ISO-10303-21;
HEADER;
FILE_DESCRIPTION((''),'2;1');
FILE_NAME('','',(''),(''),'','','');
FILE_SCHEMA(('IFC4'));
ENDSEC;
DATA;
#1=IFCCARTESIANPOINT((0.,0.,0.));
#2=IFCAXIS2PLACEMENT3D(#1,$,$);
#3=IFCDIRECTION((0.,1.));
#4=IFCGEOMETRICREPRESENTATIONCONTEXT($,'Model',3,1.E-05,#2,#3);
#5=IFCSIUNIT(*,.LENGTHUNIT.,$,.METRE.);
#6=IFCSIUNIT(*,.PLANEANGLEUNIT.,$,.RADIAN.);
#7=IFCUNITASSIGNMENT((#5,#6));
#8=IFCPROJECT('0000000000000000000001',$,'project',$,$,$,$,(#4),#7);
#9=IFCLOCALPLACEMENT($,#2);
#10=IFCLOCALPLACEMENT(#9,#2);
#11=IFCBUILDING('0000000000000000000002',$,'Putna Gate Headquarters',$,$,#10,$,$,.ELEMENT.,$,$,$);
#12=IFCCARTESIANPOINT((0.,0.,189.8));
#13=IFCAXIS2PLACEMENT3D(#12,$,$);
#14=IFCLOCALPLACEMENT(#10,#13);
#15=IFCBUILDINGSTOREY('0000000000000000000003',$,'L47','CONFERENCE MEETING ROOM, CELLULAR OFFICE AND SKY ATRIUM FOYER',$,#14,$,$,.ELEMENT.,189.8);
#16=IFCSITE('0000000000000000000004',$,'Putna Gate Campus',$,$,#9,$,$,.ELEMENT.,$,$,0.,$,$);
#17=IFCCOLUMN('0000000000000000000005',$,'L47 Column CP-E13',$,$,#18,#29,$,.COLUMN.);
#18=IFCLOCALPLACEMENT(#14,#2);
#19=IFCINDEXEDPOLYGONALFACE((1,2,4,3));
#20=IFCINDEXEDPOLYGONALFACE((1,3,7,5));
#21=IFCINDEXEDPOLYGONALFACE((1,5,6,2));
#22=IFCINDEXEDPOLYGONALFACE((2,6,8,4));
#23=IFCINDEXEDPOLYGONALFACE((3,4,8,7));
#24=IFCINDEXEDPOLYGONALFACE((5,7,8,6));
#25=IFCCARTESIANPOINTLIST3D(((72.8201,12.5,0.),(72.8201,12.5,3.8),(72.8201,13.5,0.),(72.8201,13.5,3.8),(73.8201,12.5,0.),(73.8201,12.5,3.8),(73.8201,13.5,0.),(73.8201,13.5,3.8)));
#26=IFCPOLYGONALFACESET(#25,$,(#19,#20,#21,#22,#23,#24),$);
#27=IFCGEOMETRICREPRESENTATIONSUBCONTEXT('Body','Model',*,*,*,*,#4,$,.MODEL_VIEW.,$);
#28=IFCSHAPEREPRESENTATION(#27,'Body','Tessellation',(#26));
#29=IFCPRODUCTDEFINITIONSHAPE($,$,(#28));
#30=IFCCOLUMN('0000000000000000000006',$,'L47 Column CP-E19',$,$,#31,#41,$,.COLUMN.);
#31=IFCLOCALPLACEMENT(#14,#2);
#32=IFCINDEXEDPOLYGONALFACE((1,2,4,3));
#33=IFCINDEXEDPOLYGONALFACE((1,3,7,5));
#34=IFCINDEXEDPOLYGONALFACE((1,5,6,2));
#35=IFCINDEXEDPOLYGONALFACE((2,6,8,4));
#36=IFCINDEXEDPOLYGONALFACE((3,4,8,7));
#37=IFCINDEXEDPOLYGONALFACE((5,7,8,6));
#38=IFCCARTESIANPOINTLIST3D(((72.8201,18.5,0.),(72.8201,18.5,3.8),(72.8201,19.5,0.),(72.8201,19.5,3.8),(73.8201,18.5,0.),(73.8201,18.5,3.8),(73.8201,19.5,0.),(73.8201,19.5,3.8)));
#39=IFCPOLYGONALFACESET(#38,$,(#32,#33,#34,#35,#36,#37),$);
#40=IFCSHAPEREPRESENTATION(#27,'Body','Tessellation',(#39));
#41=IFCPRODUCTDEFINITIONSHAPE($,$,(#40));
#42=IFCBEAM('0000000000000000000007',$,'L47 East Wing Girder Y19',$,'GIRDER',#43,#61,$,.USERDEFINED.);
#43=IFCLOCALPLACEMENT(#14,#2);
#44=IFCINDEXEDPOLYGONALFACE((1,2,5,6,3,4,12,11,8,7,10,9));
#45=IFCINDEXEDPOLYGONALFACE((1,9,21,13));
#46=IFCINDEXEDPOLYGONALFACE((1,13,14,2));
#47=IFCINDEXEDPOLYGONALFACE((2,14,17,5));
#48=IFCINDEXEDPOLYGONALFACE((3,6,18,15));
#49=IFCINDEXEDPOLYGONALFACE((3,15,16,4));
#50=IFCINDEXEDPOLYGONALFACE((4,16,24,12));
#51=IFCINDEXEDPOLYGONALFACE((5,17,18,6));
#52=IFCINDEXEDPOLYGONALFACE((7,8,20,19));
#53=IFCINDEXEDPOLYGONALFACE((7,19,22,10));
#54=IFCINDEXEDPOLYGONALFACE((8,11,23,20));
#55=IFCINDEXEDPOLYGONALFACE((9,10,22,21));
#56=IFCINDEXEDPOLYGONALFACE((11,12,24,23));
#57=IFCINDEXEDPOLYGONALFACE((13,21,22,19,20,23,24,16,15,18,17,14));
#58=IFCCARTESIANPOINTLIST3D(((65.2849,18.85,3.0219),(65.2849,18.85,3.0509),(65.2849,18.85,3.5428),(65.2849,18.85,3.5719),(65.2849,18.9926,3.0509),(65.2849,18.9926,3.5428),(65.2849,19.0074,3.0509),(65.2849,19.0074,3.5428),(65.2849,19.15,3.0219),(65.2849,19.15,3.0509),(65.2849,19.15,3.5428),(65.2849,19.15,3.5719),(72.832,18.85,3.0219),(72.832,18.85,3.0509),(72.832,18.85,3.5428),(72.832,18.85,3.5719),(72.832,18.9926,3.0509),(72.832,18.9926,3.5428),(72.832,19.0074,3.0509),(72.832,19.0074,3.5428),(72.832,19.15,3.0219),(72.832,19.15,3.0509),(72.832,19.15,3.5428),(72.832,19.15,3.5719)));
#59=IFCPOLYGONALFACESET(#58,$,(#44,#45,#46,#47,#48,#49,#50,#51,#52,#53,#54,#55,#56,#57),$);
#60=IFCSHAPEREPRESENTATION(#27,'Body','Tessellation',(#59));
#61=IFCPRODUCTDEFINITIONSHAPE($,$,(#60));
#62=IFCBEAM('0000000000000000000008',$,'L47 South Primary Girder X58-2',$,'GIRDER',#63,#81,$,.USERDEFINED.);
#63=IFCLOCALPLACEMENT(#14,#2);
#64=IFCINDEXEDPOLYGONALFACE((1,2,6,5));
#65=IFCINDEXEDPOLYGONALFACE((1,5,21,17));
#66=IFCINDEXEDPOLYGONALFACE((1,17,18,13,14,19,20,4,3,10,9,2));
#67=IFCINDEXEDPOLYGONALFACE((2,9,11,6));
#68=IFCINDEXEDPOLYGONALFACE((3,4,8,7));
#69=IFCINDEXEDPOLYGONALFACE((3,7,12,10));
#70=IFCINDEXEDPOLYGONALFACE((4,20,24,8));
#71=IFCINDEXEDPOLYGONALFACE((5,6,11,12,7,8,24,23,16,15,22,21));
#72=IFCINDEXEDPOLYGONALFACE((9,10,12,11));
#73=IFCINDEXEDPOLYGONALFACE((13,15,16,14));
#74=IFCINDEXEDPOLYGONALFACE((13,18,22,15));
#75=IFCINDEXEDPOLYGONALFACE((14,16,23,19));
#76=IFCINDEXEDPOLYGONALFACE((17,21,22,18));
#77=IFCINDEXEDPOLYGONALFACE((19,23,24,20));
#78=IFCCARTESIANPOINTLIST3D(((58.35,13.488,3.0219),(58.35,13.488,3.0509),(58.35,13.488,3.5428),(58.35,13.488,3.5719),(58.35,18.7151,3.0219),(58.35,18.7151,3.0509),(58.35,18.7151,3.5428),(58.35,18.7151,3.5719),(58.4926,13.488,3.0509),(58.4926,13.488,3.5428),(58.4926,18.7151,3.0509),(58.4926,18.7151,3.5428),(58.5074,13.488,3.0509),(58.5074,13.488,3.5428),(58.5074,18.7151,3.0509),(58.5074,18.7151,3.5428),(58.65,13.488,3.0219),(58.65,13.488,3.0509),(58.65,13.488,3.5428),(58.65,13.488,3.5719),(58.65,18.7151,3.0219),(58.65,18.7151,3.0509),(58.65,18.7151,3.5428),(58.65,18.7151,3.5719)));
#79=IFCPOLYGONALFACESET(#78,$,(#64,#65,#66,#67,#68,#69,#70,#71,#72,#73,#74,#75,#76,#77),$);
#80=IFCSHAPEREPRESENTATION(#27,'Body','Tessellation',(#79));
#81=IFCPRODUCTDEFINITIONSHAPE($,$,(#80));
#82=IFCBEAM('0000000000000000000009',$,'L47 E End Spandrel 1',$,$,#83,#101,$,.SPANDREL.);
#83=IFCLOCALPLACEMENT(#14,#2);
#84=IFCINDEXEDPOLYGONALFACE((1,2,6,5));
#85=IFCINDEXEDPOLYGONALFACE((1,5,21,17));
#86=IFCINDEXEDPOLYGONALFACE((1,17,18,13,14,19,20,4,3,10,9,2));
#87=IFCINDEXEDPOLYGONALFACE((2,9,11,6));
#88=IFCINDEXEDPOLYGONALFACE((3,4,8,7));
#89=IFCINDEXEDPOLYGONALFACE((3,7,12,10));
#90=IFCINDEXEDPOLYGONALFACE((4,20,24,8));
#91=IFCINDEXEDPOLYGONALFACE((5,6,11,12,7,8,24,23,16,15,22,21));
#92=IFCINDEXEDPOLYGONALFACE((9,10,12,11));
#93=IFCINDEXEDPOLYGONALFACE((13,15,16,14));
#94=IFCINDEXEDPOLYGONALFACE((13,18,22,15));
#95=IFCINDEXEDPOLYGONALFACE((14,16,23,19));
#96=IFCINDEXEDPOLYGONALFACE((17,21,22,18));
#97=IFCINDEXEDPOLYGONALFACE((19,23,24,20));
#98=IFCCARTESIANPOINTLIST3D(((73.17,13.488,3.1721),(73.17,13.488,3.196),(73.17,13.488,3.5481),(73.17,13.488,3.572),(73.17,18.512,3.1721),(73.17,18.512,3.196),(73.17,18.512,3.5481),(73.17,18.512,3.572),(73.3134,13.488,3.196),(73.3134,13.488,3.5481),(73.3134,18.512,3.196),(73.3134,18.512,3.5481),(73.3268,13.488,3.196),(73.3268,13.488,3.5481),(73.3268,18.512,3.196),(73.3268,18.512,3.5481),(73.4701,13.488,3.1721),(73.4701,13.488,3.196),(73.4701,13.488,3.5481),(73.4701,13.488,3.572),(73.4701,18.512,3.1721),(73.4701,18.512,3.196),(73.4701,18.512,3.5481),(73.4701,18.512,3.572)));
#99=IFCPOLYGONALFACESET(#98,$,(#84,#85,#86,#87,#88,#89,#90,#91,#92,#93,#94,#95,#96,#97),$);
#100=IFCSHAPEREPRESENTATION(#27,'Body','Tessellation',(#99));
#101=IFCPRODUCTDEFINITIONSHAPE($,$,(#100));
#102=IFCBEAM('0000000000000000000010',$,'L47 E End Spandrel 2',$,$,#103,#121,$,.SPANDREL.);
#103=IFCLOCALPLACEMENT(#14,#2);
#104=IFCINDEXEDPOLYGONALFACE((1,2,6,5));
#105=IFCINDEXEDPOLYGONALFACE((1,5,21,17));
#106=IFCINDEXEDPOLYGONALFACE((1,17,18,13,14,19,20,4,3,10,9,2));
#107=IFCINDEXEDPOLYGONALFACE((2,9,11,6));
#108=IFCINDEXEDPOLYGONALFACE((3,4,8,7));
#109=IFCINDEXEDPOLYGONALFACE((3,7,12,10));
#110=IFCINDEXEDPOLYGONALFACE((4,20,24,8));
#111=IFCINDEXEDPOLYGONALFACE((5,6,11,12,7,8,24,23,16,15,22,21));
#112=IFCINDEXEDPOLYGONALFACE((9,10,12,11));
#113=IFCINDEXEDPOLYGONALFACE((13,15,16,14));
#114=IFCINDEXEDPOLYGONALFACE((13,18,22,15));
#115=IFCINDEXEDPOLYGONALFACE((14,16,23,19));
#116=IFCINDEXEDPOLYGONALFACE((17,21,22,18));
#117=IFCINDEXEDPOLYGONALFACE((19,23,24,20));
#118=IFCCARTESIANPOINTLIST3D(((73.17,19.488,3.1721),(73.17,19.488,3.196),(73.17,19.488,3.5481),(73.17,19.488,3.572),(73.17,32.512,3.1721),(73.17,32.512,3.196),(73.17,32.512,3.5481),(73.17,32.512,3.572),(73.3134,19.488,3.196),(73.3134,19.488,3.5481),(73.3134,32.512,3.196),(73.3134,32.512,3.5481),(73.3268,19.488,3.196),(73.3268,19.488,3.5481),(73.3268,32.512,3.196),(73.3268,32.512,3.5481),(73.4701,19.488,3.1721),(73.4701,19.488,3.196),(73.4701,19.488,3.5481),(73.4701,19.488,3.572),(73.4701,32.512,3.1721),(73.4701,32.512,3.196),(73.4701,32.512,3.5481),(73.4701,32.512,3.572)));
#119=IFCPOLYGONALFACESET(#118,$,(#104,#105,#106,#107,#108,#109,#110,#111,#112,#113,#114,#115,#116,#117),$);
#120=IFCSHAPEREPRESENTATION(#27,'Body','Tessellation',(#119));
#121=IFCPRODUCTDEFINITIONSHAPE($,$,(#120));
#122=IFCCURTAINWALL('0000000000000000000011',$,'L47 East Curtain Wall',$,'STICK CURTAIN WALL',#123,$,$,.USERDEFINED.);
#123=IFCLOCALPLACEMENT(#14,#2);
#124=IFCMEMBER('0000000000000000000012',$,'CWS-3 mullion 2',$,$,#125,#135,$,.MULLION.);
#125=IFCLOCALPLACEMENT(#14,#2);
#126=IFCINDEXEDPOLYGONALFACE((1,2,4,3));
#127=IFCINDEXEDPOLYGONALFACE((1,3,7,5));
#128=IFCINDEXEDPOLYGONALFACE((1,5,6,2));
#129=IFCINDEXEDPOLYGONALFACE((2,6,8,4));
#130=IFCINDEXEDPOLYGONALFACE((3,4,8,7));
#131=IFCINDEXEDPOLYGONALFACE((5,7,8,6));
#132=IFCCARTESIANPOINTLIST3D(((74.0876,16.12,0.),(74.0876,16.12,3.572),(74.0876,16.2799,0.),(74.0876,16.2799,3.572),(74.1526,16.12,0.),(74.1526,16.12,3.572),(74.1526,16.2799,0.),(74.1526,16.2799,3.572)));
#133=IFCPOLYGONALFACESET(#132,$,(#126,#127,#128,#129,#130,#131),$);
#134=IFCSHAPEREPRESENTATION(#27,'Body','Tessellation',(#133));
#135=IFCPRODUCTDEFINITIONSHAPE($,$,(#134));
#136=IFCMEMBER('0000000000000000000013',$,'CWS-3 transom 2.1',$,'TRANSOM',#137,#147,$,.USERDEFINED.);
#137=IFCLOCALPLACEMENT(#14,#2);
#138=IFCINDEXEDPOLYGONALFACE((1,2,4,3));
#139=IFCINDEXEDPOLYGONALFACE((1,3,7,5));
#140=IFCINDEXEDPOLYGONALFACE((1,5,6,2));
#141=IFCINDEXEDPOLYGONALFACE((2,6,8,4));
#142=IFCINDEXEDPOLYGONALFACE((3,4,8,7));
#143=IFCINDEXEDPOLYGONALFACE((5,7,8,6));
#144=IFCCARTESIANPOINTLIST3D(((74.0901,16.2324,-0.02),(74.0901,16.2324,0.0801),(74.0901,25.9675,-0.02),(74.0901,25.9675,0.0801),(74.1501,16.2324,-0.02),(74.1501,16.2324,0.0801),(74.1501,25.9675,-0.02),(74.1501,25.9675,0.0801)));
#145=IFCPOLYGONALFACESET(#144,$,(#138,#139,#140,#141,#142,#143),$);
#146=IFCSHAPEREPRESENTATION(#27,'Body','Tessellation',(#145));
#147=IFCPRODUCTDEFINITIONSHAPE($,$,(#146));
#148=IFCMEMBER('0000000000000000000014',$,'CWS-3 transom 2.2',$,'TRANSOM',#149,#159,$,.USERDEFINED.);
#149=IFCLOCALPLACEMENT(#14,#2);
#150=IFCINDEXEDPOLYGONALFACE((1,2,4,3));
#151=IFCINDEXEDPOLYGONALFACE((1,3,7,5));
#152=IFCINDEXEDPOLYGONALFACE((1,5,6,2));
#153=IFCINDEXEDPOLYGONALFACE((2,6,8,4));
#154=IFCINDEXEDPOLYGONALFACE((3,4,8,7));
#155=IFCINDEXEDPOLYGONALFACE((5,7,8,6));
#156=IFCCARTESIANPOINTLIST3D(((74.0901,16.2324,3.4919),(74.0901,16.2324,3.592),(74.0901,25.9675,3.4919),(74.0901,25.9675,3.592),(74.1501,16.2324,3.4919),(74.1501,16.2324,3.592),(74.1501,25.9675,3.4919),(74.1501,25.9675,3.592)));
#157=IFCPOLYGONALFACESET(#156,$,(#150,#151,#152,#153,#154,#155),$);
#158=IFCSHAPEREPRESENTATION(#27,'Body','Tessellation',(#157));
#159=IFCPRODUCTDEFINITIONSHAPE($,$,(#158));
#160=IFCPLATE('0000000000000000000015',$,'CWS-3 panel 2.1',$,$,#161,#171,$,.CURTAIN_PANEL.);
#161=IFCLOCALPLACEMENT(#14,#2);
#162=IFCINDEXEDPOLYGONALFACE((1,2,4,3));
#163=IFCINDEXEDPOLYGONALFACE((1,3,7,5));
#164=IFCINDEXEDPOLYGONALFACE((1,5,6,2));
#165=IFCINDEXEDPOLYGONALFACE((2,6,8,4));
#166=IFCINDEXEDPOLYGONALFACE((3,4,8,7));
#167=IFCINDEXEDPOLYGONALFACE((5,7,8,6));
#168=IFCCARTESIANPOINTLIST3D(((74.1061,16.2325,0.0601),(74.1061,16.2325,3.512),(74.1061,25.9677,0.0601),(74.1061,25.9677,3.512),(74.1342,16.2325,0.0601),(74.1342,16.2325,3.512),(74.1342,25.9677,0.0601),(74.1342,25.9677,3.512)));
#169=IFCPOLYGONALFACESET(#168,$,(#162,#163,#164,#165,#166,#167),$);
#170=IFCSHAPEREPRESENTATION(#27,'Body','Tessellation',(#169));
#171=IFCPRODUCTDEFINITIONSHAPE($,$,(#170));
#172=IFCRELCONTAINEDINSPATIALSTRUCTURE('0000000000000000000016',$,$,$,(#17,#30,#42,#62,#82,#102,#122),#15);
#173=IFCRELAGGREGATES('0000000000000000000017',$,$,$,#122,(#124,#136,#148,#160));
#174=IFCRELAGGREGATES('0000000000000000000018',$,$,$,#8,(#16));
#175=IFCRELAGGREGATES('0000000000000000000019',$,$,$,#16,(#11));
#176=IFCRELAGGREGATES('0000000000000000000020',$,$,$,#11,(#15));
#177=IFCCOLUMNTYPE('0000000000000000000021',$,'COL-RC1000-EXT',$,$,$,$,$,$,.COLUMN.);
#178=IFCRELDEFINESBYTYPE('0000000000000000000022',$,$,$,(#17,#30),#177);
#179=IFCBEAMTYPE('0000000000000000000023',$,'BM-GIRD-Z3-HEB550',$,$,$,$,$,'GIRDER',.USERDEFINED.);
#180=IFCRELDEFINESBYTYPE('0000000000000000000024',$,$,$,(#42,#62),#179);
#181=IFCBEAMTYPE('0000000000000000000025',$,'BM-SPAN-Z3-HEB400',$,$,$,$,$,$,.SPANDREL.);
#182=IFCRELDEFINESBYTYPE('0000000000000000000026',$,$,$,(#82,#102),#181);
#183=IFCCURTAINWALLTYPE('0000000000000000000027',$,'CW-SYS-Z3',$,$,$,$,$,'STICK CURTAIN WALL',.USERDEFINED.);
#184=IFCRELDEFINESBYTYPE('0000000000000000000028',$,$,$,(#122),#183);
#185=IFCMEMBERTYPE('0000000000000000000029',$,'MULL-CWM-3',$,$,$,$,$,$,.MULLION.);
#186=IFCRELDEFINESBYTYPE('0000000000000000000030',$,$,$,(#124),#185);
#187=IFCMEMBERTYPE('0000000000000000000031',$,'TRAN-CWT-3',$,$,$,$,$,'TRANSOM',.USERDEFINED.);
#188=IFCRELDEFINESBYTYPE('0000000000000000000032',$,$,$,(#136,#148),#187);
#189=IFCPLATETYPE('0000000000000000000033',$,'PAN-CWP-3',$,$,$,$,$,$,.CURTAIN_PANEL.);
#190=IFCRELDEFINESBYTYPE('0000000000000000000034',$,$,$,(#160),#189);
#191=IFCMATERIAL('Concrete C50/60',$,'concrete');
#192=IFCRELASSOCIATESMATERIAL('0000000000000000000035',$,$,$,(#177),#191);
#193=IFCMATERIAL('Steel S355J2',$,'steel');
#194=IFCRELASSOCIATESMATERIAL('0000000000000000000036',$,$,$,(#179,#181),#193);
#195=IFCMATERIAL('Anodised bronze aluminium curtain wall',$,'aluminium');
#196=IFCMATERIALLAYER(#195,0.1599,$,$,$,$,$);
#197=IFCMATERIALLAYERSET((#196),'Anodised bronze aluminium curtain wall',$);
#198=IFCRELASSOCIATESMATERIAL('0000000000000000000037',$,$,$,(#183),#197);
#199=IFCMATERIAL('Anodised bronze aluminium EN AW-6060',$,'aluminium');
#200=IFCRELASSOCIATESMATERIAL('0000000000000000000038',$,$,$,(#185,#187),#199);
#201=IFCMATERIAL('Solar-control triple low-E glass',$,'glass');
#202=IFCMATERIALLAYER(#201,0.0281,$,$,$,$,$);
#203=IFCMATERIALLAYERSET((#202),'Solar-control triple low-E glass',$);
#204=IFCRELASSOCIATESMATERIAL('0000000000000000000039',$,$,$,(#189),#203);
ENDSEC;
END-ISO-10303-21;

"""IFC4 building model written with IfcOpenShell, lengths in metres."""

from ifc_helpers import new_model, si_unit, direction, frame, origin, origin_2d, place, context, subcontext, project, spatial, rectangle, i_section, extrude, material, layer, layer_set, material_profile, profile_set, type_object, element, aggregate, save


model = new_model("IFC4")

# Units and contexts
model_context = context("Model", 3, precision=1e-05, world=origin(), true_north=direction((0.0, 1.0)))
body_context = subcontext(model_context, "Body", "Model", "MODEL_VIEW")
ifc_project = project(units=[si_unit("LENGTHUNIT", "METRE"), si_unit("PLANEANGLEUNIT", "RADIAN")], contexts=[model_context])

# Site, building, storey
site_placement = place(None, origin())
site = spatial("IfcSite", under=ifc_project, at=site_placement, Name="Putna Gate Campus", CompositionType="ELEMENT", RefElevation=0.0)
building_placement = place(site_placement, origin())
building = spatial("IfcBuilding", under=site, at=building_placement, Name="Putna Gate Headquarters", CompositionType="ELEMENT")
storey_placement = place(building_placement, frame((0.0, 0.0, 189.8)))
storey = spatial("IfcBuildingStorey", under=building, at=storey_placement, Name="L47", Description="CONFERENCE MEETING ROOM, CELLULAR OFFICE AND SKY ATRIUM FOYER", CompositionType="ELEMENT", Elevation=189.8)

# Columns
ifc_material_1 = material(Name="Concrete C50/60", Category="concrete")
ifc_material_profile_1 = material_profile(ifc_material_1, rectangle(XDim=1.0, YDim=1.0, at=origin_2d()), Name="Concrete C50/60")
ifc_profile_set_1 = profile_set([ifc_material_profile_1], Name="Concrete C50/60")
column_type = type_object("IfcColumnType", Name="COL-RC1000-EXT", PredefinedType="COLUMN", material=ifc_profile_set_1)
for number, where, z_axis, x_axis, name in (
    (1, (73.3201, 13.0, 0.0), (0.0, 0.0, 1.0), (1.0, 0.0, 0.0), "L47 Column CP-E13"),
    (2, (73.3201, 19.0, 0.0), (0.0, 0.0, 1.0), (1.0, 0.0, 0.0), "L47 Column CP-E19"),
):
    element("IfcColumn", number, at=place(storey_placement, frame(where, z_axis=z_axis, x_axis=x_axis)), inside=storey, type_object=column_type, Name=name, PredefinedType="COLUMN", context=body_context, shape_type="SweptSolid", body=[
        extrude(rectangle(XDim=1.0, YDim=1.0, at=origin_2d()), origin(), (0.0, 0.0, 1.0), 3.8),
    ])

# Beams
ifc_material_2 = material(Name="Steel S355J2", Category="steel")
ifc_material_profile_2 = material_profile(ifc_material_2, i_section(OverallWidth=0.3, OverallDepth=0.55, WebThickness=0.0149, FlangeThickness=0.0291, at=origin_2d()), Name="Steel S355J2")
ifc_profile_set_2 = profile_set([ifc_material_profile_2], Name="Steel S355J2")
beam_type_1 = type_object("IfcBeamType", Name="BM-GIRD-Z3-HEB550", ElementType="GIRDER", PredefinedType="USERDEFINED", material=ifc_profile_set_2)
beam_1_placement = place(storey_placement, frame((65.2849, 19.0, 3.2969), z_axis=(1.0, 0.0, 0.0), x_axis=(0.0, 1.0, 0.0)))
element("IfcBeam", 3, at=beam_1_placement, inside=storey, type_object=beam_type_1, Name="L47 East Wing Girder Y19", ObjectType="GIRDER", PredefinedType="USERDEFINED", context=body_context, shape_type="SweptSolid", body=[
    extrude(i_section(OverallWidth=0.3, OverallDepth=0.55, WebThickness=0.0149, FlangeThickness=0.0291, at=origin_2d()), origin(), (0.0, 0.0, 1.0), 7.5471),
])
beam_2_placement = place(storey_placement, frame((58.5, 13.488, 3.2969), z_axis=(0.0, 1.0, 0.0), x_axis=(-1.0, 0.0, 0.0)))
element("IfcBeam", 4, at=beam_2_placement, inside=storey, type_object=beam_type_1, Name="L47 South Primary Girder X58-2", ObjectType="GIRDER", PredefinedType="USERDEFINED", context=body_context, shape_type="SweptSolid", body=[
    extrude(i_section(OverallWidth=0.3, OverallDepth=0.55, WebThickness=0.0149, FlangeThickness=0.0291, at=origin_2d()), origin(), (0.0, 0.0, 1.0), 5.2271),
])
ifc_material_profile_3 = material_profile(ifc_material_2, i_section(OverallWidth=0.3, OverallDepth=0.3999, WebThickness=0.0134, FlangeThickness=0.0239, at=origin_2d()), Name="Steel S355J2")
ifc_profile_set_3 = profile_set([ifc_material_profile_3], Name="Steel S355J2")
beam_type_2 = type_object("IfcBeamType", Name="BM-SPAN-Z3-HEB400", PredefinedType="SPANDREL", material=ifc_profile_set_3)
beam_3_placement = place(storey_placement, frame((73.3201, 13.488, 3.3721), z_axis=(0.0, 1.0, 0.0), x_axis=(-1.0, 0.0, 0.0)))
element("IfcBeam", 5, at=beam_3_placement, inside=storey, type_object=beam_type_2, Name="L47 E End Spandrel 1", PredefinedType="SPANDREL", context=body_context, shape_type="SweptSolid", body=[
    extrude(i_section(OverallWidth=0.3, OverallDepth=0.3999, WebThickness=0.0134, FlangeThickness=0.0239, at=origin_2d()), origin(), (0.0, 0.0, 1.0), 5.0239),
])
beam_4_placement = place(storey_placement, frame((73.3201, 19.488, 3.3721), z_axis=(0.0, 1.0, 0.0), x_axis=(-1.0, 0.0, 0.0)))
element("IfcBeam", 6, at=beam_4_placement, inside=storey, type_object=beam_type_2, Name="L47 E End Spandrel 2", PredefinedType="SPANDREL", context=body_context, shape_type="SweptSolid", body=[
    extrude(i_section(OverallWidth=0.3, OverallDepth=0.3999, WebThickness=0.0134, FlangeThickness=0.0239, at=origin_2d()), origin(), (0.0, 0.0, 1.0), 13.0239),
])

# Curtain wall, members, plate
ifc_material_3 = material(Name="Anodised bronze aluminium curtain wall", Category="aluminium")
ifc_layer_1 = layer(ifc_material_3, 0.1599)
ifc_layer_set_1 = layer_set([ifc_layer_1], Name="Anodised bronze aluminium curtain wall")
curtain_wall_type = type_object("IfcCurtainWallType", Name="CW-SYS-Z3", ElementType="STICK CURTAIN WALL", PredefinedType="USERDEFINED", material=ifc_layer_set_1)
curtain_wall_placement = place(storey_placement, origin())
curtain_wall = element("IfcCurtainWall", 7, at=curtain_wall_placement, inside=storey, type_object=curtain_wall_type, Name="L47 East Curtain Wall", ObjectType="STICK CURTAIN WALL", PredefinedType="USERDEFINED")
ifc_material_4 = material(Name="Anodised bronze aluminium EN AW-6060", Category="aluminium")
ifc_material_profile_4 = material_profile(ifc_material_4, rectangle(XDim=0.0649, YDim=0.1599, at=origin_2d()), Name="Anodised bronze aluminium EN AW-6060")
ifc_profile_set_4 = profile_set([ifc_material_profile_4], Name="Anodised bronze aluminium EN AW-6060")
member_type_1 = type_object("IfcMemberType", Name="MULL-CWM-3", PredefinedType="MULLION", material=ifc_profile_set_4)
member_1_placement = place(storey_placement, frame((74.1201, 16.2, 0.0), z_axis=(0.0, 0.0, 1.0), x_axis=(-1.0, 0.0, 0.0)))
member_1 = element("IfcMember", 8, at=member_1_placement, type_object=member_type_1, Name="CWS-3 mullion 2", PredefinedType="MULLION", context=body_context, shape_type="SweptSolid", body=[
    extrude(rectangle(XDim=0.0649, YDim=0.1599, at=origin_2d()), origin(), (0.0, 0.0, 1.0), 3.572),
])
ifc_material_profile_5 = material_profile(ifc_material_4, rectangle(XDim=0.0601, YDim=0.1001, at=origin_2d()), Name="Anodised bronze aluminium EN AW-6060")
ifc_profile_set_5 = profile_set([ifc_material_profile_5], Name="Anodised bronze aluminium EN AW-6060")
member_type_2 = type_object("IfcMemberType", Name="TRAN-CWT-3", ElementType="TRANSOM", PredefinedType="USERDEFINED", material=ifc_profile_set_5)
member_2_placement = place(storey_placement, frame((74.1201, 16.2324, 0.03), z_axis=(0.0, 1.0, 0.0), x_axis=(-1.0, 0.0, 0.0)))
member_2 = element("IfcMember", 9, at=member_2_placement, type_object=member_type_2, Name="CWS-3 transom 2.1", ObjectType="TRANSOM", PredefinedType="USERDEFINED", context=body_context, shape_type="SweptSolid", body=[
    extrude(rectangle(XDim=0.0601, YDim=0.1001, at=origin_2d()), origin(), (0.0, 0.0, 1.0), 9.7351),
])
member_3_placement = place(storey_placement, frame((74.1201, 16.2324, 3.542), z_axis=(0.0, 1.0, 0.0), x_axis=(-1.0, 0.0, 0.0)))
member_3 = element("IfcMember", 10, at=member_3_placement, type_object=member_type_2, Name="CWS-3 transom 2.2", ObjectType="TRANSOM", PredefinedType="USERDEFINED", context=body_context, shape_type="SweptSolid", body=[
    extrude(rectangle(XDim=0.0601, YDim=0.1001, at=origin_2d()), origin(), (0.0, 0.0, 1.0), 9.7351),
])
ifc_material_5 = material(Name="Solar-control triple low-E glass", Category="glass")
ifc_layer_2 = layer(ifc_material_5, 0.0281)
ifc_layer_set_2 = layer_set([ifc_layer_2], Name="Solar-control triple low-E glass")
plate_type = type_object("IfcPlateType", Name="PAN-CWP-3", PredefinedType="CURTAIN_PANEL", material=ifc_layer_set_2)
plate_placement = place(storey_placement, frame((74.1201, 21.1001, 0.0601), z_axis=(0.0, 0.0, 1.0), x_axis=(0.0, 1.0, 0.0)))
plate = element("IfcPlate", 11, at=plate_placement, type_object=plate_type, Name="CWS-3 panel 2.1", PredefinedType="CURTAIN_PANEL", context=body_context, shape_type="SweptSolid", body=[
    extrude(rectangle(XDim=9.7351, YDim=0.0281, at=origin_2d()), origin(), (0.0, 0.0, 1.0), 3.4519),
])
aggregate(curtain_wall, [member_1, member_2, member_3, plate])

save(model, "model.ifc")
